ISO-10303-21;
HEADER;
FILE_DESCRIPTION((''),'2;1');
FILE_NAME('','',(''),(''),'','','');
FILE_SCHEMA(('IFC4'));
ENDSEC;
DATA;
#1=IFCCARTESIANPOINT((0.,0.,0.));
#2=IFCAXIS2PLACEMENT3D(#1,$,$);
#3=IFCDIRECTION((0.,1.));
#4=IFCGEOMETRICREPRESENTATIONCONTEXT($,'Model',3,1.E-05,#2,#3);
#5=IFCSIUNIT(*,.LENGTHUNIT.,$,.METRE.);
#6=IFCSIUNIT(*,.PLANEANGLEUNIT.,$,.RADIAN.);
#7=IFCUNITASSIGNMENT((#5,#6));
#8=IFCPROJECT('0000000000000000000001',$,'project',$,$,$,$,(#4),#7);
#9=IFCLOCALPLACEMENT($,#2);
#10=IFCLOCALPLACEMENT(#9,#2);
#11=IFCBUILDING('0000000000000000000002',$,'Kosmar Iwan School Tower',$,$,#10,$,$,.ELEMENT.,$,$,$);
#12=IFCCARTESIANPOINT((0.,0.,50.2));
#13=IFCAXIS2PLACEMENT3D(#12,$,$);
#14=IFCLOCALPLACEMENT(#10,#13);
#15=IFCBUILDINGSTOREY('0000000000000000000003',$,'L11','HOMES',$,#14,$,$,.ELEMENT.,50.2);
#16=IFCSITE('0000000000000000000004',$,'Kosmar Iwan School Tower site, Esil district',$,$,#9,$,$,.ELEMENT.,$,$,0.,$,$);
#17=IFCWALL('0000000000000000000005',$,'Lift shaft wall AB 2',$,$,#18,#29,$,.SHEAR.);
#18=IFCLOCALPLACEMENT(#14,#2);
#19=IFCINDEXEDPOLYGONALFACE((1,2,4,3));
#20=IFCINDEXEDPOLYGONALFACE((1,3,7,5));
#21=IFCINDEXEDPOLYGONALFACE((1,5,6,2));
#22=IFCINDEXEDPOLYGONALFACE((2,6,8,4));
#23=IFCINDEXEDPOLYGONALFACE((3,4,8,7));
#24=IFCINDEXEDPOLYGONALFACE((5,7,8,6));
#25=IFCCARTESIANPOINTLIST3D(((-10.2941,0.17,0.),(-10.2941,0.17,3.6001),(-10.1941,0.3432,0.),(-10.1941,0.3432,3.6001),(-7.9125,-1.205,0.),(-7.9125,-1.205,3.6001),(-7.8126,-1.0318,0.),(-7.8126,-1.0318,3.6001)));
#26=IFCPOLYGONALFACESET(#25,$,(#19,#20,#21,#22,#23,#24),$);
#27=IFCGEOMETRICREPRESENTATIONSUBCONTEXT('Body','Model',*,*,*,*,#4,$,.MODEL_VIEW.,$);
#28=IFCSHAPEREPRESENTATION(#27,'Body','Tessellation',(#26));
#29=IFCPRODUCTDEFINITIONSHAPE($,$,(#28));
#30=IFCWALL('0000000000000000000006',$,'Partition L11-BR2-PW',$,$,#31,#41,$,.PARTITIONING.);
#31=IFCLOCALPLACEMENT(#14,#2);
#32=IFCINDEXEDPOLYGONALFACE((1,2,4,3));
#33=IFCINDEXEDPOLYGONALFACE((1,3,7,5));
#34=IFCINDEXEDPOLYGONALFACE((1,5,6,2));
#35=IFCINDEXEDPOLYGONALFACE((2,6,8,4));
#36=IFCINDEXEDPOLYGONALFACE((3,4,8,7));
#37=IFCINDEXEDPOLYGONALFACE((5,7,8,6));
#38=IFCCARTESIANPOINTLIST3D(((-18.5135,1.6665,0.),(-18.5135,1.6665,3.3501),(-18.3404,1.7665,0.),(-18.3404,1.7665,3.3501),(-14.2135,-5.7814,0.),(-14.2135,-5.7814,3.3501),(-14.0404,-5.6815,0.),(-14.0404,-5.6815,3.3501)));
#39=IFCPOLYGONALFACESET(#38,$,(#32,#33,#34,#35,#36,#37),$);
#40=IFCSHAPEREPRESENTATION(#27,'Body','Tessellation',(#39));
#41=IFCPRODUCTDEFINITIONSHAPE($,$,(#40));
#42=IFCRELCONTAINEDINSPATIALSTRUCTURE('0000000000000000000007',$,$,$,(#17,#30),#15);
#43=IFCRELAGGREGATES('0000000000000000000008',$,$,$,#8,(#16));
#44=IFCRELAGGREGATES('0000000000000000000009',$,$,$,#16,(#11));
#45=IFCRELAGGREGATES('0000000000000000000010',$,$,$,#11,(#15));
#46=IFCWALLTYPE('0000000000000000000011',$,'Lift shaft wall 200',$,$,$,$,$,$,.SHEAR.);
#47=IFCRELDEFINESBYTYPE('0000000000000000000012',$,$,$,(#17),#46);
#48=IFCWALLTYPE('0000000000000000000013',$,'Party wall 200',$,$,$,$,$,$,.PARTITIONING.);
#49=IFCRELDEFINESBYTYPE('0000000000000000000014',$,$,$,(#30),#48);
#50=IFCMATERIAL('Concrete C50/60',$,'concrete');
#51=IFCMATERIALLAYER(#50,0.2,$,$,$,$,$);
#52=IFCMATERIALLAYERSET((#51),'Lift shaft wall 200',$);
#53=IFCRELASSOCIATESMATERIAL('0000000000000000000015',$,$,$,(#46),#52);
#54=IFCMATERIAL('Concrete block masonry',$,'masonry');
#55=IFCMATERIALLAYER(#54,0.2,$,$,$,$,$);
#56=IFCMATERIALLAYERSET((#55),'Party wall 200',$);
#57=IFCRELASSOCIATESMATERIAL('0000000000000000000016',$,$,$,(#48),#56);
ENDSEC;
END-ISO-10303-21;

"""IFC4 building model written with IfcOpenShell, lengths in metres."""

from ifc_helpers import new_model, si_unit, direction, frame, frame_2d, origin, place, context, subcontext, project, spatial, rectangle, extrude, material, layer, layer_set, type_object, element, save


model = new_model("IFC4")

# Units and contexts
model_context = context("Model", 3, precision=1e-05, world=origin(), true_north=direction((0.0, 1.0)))
body_context = subcontext(model_context, "Body", "Model", "MODEL_VIEW")
ifc_project = project(units=[si_unit("LENGTHUNIT", "METRE"), si_unit("PLANEANGLEUNIT", "RADIAN")], contexts=[model_context])

# Site, building, storey
site_placement = place(None, origin())
site = spatial("IfcSite", under=ifc_project, at=site_placement, Name="Kosmar Iwan School Tower site, Esil district", CompositionType="ELEMENT", RefElevation=0.0)
building_placement = place(site_placement, origin())
building = spatial("IfcBuilding", under=site, at=building_placement, Name="Kosmar Iwan School Tower", CompositionType="ELEMENT")
storey_placement = place(building_placement, frame((0.0, 0.0, 50.2)))
storey = spatial("IfcBuildingStorey", under=building, at=storey_placement, Name="L11", Description="HOMES", CompositionType="ELEMENT", Elevation=50.2)

# Walls
ifc_material_1 = material(Name="Concrete C50/60", Category="concrete")
ifc_layer_1 = layer(ifc_material_1, 0.2)
ifc_layer_set_1 = layer_set([ifc_layer_1], Name="Lift shaft wall 200")
wall_type_1 = type_object("IfcWallType", Name="Lift shaft wall 200", PredefinedType="SHEAR", material=ifc_layer_set_1)
wall_1_placement = place(storey_placement, frame((-7.8625, -1.1184, 0.0), z_axis=(0.0, 0.0, 1.0), x_axis=(-0.866027, 0.499997, 0.0)))
element("IfcWall", 1, at=wall_1_placement, inside=storey, type_object=wall_type_1, Name="Lift shaft wall AB 2", PredefinedType="SHEAR", context=body_context, shape_type="SweptSolid", body=[
    extrude(rectangle(XDim=2.75, YDim=0.2, at=frame_2d((1.375, 0.0))), origin(), (0.0, 0.0, 1.0), 3.6001),
])
ifc_material_2 = material(Name="Concrete block masonry", Category="masonry")
ifc_layer_2 = layer(ifc_material_2, 0.2)
ifc_layer_set_2 = layer_set([ifc_layer_2], Name="Party wall 200")
wall_type_2 = type_object("IfcWallType", Name="Party wall 200", PredefinedType="PARTITIONING", material=ifc_layer_set_2)
wall_2_placement = place(storey_placement, frame((-14.127, -5.7314, 0.0), z_axis=(0.0, 0.0, 1.0), x_axis=(-0.499995, 0.866028, 0.0)))
element("IfcWall", 2, at=wall_2_placement, inside=storey, type_object=wall_type_2, Name="Partition L11-BR2-PW", PredefinedType="PARTITIONING", context=body_context, shape_type="SweptSolid", body=[
    extrude(rectangle(XDim=8.6001, YDim=0.2, at=frame_2d((4.3, 0.0))), origin(), (0.0, 0.0, 1.0), 3.3501),
])

save(model, "model.ifc")
